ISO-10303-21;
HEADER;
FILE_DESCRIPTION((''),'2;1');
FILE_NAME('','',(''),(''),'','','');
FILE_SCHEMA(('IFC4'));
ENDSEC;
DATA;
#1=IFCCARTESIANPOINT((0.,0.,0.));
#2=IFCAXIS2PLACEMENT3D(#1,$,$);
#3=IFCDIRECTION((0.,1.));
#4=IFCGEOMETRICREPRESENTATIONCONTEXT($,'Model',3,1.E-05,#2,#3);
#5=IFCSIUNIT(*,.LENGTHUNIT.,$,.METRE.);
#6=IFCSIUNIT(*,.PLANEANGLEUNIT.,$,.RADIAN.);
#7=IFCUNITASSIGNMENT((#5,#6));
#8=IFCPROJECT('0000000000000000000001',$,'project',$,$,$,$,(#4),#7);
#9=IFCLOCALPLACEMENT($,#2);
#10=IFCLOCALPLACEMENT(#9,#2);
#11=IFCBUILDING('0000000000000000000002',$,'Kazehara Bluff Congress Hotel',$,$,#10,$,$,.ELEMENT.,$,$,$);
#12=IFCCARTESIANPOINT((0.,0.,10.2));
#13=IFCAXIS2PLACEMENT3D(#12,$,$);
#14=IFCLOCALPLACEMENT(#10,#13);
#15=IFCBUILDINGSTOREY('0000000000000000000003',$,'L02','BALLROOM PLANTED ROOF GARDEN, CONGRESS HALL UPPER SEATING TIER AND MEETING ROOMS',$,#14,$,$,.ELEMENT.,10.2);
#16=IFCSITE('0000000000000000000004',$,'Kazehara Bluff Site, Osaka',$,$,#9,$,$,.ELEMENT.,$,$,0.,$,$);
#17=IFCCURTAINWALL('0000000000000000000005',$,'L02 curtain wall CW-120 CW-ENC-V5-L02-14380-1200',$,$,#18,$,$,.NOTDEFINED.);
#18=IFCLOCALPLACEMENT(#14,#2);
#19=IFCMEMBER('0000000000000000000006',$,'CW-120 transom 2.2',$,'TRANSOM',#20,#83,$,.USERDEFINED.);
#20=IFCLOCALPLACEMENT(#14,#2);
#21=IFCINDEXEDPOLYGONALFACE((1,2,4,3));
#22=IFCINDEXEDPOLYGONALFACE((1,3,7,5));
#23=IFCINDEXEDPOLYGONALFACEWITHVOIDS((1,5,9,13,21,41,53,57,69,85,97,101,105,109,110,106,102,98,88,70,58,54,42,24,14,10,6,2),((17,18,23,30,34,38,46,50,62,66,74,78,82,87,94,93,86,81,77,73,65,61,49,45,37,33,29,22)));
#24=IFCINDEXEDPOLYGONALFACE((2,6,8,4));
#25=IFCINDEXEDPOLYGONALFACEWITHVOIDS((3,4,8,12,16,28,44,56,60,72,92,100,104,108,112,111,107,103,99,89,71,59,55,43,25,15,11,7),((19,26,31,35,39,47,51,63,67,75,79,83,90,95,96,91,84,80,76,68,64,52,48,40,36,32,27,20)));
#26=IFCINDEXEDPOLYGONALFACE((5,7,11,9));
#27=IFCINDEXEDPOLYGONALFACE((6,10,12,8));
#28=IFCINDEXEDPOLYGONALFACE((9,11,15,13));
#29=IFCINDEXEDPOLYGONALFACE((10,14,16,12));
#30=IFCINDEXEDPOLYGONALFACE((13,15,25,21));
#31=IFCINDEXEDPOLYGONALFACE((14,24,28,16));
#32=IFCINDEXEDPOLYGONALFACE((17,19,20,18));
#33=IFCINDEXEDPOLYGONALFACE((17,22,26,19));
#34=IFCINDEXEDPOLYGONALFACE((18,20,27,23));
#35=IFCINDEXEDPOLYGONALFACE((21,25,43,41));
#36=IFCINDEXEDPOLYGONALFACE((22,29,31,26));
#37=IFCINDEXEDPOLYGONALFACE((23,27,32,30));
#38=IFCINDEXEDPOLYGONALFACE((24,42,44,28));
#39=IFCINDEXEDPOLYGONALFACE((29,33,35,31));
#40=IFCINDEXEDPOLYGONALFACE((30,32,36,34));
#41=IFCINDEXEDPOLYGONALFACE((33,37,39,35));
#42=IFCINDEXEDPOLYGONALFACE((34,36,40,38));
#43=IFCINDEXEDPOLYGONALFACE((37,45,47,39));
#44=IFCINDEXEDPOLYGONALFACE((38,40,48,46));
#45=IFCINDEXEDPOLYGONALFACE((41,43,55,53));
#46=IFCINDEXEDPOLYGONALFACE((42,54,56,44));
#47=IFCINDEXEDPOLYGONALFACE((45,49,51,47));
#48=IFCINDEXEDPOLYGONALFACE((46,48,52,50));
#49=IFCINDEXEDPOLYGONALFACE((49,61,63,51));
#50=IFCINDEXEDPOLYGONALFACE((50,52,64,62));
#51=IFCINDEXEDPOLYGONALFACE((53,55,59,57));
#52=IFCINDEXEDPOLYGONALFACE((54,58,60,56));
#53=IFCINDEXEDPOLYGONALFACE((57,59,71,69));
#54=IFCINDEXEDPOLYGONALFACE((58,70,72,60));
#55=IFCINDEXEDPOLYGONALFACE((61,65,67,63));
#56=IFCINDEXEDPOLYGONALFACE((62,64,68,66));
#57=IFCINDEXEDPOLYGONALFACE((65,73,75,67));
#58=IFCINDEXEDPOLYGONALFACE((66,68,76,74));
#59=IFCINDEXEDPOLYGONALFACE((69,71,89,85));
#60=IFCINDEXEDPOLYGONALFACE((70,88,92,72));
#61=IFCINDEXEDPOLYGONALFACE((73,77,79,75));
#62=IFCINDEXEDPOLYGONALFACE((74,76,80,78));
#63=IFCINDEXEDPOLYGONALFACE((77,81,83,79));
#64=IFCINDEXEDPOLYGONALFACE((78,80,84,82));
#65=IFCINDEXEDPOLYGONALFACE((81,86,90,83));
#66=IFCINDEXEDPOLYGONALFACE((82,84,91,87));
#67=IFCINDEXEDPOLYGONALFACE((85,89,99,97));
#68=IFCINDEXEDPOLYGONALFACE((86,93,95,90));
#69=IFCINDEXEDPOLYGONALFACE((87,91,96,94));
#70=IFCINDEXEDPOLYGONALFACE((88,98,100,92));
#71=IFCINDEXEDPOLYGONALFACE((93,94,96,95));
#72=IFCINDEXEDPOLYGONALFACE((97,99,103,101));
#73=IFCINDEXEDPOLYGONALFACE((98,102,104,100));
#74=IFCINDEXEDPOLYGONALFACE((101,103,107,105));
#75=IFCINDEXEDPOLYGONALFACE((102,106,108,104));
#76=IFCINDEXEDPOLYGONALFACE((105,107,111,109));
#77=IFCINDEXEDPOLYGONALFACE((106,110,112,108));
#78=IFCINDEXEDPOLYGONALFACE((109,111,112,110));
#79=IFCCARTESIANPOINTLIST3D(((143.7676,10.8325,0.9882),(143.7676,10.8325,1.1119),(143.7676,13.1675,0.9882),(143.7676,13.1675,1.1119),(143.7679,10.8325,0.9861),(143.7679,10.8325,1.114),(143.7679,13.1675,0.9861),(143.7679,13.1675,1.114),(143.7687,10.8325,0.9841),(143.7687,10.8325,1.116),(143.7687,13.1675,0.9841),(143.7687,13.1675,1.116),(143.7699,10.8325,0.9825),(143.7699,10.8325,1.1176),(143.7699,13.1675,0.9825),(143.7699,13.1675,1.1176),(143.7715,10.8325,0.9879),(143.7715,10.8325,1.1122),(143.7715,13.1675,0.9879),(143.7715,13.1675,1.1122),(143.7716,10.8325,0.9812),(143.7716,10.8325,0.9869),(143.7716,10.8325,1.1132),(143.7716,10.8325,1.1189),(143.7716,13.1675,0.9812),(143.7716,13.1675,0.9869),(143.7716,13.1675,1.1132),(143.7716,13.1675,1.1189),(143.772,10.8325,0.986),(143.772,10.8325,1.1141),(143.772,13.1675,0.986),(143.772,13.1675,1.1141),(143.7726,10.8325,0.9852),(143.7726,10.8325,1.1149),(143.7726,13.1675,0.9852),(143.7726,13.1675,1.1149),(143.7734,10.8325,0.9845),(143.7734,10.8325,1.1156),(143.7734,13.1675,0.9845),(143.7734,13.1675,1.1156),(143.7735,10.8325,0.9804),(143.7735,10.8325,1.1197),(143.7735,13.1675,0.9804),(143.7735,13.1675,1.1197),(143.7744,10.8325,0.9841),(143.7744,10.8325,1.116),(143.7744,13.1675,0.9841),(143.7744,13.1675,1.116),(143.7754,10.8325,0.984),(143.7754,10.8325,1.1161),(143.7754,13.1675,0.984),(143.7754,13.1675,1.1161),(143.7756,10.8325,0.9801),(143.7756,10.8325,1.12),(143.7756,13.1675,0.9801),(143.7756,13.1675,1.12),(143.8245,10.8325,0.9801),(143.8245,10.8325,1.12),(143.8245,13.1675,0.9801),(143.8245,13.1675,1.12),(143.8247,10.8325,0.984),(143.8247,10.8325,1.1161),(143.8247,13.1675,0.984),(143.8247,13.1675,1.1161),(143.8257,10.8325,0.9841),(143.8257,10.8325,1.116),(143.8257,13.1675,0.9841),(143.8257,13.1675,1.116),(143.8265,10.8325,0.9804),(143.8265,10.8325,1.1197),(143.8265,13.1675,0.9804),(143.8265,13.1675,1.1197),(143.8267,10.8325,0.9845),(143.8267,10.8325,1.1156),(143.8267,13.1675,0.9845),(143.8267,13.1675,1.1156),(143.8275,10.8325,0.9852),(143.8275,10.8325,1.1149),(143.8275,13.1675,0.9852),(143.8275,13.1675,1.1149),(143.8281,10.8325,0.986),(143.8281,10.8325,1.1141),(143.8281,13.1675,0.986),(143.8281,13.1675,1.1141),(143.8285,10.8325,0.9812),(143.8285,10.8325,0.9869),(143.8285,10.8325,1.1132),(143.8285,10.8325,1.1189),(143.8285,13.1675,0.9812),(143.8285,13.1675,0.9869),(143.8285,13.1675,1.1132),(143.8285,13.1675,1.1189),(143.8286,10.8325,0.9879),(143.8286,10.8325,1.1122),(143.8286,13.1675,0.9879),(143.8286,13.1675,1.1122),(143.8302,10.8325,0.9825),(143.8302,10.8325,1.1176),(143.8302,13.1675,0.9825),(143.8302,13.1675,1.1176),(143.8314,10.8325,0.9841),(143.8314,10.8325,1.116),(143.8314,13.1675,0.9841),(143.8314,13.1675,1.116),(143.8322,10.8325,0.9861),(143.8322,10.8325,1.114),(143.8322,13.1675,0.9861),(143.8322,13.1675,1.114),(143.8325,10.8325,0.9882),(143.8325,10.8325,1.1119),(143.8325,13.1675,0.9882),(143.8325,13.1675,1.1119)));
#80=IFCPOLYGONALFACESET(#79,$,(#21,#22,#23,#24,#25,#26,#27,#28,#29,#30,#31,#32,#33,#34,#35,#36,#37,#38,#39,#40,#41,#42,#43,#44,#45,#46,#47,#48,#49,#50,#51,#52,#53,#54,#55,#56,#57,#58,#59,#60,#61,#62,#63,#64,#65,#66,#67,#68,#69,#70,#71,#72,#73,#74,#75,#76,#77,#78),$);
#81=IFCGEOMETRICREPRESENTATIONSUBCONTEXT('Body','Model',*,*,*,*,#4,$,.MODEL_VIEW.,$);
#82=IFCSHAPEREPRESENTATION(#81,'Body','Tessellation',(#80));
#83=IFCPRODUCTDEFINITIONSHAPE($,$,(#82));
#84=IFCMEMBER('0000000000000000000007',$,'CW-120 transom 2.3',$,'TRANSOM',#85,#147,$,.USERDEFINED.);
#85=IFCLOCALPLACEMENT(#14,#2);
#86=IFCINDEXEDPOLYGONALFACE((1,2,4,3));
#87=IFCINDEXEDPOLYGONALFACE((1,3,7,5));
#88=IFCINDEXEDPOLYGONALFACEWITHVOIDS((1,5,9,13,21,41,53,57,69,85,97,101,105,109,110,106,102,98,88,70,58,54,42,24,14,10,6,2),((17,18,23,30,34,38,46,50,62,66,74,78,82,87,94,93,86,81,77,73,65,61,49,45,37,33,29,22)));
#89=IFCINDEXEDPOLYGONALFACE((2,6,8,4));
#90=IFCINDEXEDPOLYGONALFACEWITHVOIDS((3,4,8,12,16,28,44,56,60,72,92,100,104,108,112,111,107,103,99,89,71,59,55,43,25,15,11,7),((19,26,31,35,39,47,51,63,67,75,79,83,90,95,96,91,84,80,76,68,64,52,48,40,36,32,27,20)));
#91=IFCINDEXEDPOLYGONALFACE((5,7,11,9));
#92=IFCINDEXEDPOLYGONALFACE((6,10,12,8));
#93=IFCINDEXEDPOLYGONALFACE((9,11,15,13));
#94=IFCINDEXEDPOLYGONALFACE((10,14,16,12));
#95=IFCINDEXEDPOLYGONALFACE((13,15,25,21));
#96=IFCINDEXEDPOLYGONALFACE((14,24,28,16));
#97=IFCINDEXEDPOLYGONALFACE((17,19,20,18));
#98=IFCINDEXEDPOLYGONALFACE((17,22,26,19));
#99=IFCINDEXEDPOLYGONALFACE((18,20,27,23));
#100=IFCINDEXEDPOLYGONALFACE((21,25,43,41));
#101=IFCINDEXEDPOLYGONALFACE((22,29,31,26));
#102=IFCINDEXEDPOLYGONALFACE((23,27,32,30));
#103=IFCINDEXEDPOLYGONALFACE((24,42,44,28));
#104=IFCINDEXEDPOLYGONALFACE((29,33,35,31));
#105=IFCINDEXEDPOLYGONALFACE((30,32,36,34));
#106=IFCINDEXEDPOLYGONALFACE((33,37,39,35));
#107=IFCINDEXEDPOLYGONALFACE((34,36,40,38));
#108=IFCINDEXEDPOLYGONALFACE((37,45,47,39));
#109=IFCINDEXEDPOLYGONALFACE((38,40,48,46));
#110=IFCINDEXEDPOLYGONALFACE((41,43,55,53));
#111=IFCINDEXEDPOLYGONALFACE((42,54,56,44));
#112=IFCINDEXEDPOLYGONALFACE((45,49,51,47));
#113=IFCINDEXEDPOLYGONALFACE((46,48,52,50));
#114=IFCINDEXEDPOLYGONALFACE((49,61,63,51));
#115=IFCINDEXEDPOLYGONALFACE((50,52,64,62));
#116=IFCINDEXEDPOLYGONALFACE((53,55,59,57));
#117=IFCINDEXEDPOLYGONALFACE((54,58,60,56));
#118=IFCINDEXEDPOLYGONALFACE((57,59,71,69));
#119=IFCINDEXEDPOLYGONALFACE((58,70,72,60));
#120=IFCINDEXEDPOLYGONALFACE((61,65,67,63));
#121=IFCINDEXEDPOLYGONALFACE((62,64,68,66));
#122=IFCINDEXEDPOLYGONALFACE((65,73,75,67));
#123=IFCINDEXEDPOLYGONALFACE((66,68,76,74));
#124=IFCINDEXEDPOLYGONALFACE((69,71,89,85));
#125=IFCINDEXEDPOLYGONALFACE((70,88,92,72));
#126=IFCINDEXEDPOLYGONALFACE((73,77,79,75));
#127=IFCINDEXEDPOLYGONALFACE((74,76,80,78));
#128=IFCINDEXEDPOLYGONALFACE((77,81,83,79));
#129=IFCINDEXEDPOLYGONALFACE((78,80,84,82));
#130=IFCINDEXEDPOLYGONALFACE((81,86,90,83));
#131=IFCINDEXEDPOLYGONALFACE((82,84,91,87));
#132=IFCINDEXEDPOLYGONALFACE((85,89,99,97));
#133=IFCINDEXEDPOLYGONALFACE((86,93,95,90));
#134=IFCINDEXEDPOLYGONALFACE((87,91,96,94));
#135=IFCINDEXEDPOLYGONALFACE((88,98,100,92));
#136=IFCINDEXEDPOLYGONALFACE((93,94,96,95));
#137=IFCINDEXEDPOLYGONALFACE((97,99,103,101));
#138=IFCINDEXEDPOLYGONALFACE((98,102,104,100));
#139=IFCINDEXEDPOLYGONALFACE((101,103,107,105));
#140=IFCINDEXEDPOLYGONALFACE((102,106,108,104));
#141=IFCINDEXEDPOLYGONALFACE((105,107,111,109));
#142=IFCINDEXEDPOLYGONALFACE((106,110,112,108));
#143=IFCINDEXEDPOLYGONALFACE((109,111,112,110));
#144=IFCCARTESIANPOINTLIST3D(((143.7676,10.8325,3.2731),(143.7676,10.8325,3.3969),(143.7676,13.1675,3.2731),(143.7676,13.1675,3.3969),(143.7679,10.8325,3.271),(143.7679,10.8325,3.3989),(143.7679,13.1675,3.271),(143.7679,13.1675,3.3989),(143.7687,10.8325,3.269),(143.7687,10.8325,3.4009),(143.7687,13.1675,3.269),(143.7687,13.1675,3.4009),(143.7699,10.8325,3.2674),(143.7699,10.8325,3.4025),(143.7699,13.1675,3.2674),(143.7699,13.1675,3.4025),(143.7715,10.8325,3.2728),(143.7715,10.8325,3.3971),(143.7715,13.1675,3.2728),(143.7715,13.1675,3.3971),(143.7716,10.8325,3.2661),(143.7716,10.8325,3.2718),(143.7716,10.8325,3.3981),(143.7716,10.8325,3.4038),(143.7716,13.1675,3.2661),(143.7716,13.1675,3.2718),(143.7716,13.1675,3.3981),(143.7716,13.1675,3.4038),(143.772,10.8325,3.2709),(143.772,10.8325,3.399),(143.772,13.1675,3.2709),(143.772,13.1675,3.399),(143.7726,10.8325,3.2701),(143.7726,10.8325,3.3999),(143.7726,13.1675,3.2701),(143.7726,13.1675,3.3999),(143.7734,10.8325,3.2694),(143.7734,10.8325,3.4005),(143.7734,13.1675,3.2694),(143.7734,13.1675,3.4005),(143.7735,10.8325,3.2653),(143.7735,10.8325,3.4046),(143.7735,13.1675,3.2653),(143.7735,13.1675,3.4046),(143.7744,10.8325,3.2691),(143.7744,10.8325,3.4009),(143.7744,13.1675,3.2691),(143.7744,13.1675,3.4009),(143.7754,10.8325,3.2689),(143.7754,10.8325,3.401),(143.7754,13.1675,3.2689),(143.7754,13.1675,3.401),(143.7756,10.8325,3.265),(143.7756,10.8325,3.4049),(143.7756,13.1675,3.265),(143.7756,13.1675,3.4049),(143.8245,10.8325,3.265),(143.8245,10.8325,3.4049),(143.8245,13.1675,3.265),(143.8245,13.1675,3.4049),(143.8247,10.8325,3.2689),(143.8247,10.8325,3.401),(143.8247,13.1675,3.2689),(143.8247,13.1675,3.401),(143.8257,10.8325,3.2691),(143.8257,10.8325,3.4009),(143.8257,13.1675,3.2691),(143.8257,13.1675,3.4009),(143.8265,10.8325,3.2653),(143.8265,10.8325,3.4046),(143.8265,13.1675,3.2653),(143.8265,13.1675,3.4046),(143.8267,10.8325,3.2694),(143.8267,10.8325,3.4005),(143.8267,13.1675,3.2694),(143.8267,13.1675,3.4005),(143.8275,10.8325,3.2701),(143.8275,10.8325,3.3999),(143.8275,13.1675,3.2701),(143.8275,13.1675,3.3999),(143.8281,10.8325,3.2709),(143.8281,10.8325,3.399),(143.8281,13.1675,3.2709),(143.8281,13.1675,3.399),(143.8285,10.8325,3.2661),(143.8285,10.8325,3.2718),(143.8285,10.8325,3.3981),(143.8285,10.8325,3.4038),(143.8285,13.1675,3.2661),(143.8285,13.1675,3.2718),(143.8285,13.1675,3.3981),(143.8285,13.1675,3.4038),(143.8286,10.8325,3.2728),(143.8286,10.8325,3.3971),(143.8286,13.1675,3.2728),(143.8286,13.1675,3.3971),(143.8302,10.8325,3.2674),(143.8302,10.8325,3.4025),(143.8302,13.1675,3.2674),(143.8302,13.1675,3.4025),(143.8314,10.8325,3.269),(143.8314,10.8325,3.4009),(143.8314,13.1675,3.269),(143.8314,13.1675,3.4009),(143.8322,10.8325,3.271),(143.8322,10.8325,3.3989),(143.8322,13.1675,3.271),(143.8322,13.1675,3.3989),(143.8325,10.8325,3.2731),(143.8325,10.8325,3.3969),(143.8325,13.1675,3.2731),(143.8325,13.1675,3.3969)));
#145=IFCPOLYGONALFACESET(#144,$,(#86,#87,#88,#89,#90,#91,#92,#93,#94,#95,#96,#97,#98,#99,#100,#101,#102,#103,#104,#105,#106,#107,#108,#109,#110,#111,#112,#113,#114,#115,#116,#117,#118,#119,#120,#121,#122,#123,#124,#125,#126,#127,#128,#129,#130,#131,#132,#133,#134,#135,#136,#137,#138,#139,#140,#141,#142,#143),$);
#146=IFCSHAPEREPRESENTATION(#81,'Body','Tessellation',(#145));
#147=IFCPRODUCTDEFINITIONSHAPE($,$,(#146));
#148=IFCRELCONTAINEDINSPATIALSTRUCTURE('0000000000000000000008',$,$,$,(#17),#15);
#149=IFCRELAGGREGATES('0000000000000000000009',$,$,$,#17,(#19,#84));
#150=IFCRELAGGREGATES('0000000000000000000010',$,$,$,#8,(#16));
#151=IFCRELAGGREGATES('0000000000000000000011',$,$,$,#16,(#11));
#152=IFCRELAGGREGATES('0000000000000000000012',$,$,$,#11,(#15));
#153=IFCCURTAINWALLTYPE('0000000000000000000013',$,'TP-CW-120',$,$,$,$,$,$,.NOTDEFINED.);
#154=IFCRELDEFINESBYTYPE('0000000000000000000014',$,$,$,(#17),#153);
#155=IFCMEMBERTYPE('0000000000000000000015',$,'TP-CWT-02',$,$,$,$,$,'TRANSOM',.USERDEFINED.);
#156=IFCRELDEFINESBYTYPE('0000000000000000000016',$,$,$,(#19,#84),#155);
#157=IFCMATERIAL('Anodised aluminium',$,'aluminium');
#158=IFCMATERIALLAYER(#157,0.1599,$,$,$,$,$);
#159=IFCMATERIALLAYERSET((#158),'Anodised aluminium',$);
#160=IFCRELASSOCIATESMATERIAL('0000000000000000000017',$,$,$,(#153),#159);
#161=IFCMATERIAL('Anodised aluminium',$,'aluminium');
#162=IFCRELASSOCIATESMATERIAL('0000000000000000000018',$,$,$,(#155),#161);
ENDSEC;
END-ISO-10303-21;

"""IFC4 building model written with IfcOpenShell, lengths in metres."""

from ifc_helpers import new_model, si_unit, direction, frame, origin, origin_2d, place, context, subcontext, project, spatial, hollow_rectangle, extrude, material, layer, layer_set, material_profile, profile_set, type_object, element, aggregate, save


model = new_model("IFC4")

# Units and contexts
model_context = context("Model", 3, precision=1e-05, world=origin(), true_north=direction((0.0, 1.0)))
body_context = subcontext(model_context, "Body", "Model", "MODEL_VIEW")
ifc_project = project(units=[si_unit("LENGTHUNIT", "METRE"), si_unit("PLANEANGLEUNIT", "RADIAN")], contexts=[model_context])

# Site, building, storey
site_placement = place(None, origin())
site = spatial("IfcSite", under=ifc_project, at=site_placement, Name="Kazehara Bluff Site, Osaka", CompositionType="ELEMENT", RefElevation=0.0)
building_placement = place(site_placement, origin())
building = spatial("IfcBuilding", under=site, at=building_placement, Name="Kazehara Bluff Congress Hotel", CompositionType="ELEMENT")
storey_placement = place(building_placement, frame((0.0, 0.0, 10.2)))
storey = spatial("IfcBuildingStorey", under=building, at=storey_placement, Name="L02", Description="BALLROOM PLANTED ROOF GARDEN, CONGRESS HALL UPPER SEATING TIER AND MEETING ROOMS", CompositionType="ELEMENT", Elevation=10.2)

# Curtain wall
ifc_material_1 = material(Name="Anodised aluminium", Category="aluminium")
ifc_layer_1 = layer(ifc_material_1, 0.1599)
ifc_layer_set_1 = layer_set([ifc_layer_1], Name="Anodised aluminium")
curtain_wall_type_1 = type_object("IfcCurtainWallType", Name="TP-CW-120", PredefinedType="NOTDEFINED", material=ifc_layer_set_1)
curtain_wall_1_placement = place(storey_placement, origin())
curtain_wall_1 = element("IfcCurtainWall", 1, at=curtain_wall_1_placement, inside=storey, type_object=curtain_wall_type_1, Name="L02 curtain wall CW-120 CW-ENC-V5-L02-14380-1200", PredefinedType="NOTDEFINED")

# Shared definitions
ifc_material_2 = material(Name="Anodised aluminium", Category="aluminium")
ifc_material_profile_1 = material_profile(ifc_material_2, hollow_rectangle(XDim=0.0649, YDim=0.1399, WallThickness=0.0039, InnerFilletRadius=0.0039, OuterFilletRadius=0.0081, at=origin_2d()))
ifc_profile_set_1 = profile_set([ifc_material_profile_1], Name="Anodised aluminium")
member_type_1 = type_object("IfcMemberType", Name="TP-CWT-02", ElementType="TRANSOM", PredefinedType="USERDEFINED", material=ifc_profile_set_1)

# Members
member_1_placement = place(storey_placement, frame((143.8, 10.8325, 1.05), z_axis=(0.0, 1.0, 0.0), x_axis=(-1.0, 0.0, 0.0)))
member_1 = element("IfcMember", 2, at=member_1_placement, type_object=member_type_1, Name="CW-120 transom 2.2", ObjectType="TRANSOM", PredefinedType="USERDEFINED", context=body_context, shape_type="SweptSolid", body=[
    extrude(hollow_rectangle(XDim=0.0649, YDim=0.1399, WallThickness=0.0039, InnerFilletRadius=0.0039, OuterFilletRadius=0.0081, at=origin_2d()), origin(), (0.0, 0.0, 1.0), 2.335),
])
member_2_placement = place(storey_placement, frame((143.8, 10.8325, 3.335), z_axis=(0.0, 1.0, 0.0), x_axis=(-1.0, 0.0, 0.0)))
member_2 = element("IfcMember", 3, at=member_2_placement, type_object=member_type_1, Name="CW-120 transom 2.3", ObjectType="TRANSOM", PredefinedType="USERDEFINED", context=body_context, shape_type="SweptSolid", body=[
    extrude(hollow_rectangle(XDim=0.0649, YDim=0.1399, WallThickness=0.0039, InnerFilletRadius=0.0039, OuterFilletRadius=0.0081, at=origin_2d()), origin(), (0.0, 0.0, 1.0), 2.335),
])

aggregate(curtain_wall_1, [member_1, member_2])

save(model, "model.ifc")
